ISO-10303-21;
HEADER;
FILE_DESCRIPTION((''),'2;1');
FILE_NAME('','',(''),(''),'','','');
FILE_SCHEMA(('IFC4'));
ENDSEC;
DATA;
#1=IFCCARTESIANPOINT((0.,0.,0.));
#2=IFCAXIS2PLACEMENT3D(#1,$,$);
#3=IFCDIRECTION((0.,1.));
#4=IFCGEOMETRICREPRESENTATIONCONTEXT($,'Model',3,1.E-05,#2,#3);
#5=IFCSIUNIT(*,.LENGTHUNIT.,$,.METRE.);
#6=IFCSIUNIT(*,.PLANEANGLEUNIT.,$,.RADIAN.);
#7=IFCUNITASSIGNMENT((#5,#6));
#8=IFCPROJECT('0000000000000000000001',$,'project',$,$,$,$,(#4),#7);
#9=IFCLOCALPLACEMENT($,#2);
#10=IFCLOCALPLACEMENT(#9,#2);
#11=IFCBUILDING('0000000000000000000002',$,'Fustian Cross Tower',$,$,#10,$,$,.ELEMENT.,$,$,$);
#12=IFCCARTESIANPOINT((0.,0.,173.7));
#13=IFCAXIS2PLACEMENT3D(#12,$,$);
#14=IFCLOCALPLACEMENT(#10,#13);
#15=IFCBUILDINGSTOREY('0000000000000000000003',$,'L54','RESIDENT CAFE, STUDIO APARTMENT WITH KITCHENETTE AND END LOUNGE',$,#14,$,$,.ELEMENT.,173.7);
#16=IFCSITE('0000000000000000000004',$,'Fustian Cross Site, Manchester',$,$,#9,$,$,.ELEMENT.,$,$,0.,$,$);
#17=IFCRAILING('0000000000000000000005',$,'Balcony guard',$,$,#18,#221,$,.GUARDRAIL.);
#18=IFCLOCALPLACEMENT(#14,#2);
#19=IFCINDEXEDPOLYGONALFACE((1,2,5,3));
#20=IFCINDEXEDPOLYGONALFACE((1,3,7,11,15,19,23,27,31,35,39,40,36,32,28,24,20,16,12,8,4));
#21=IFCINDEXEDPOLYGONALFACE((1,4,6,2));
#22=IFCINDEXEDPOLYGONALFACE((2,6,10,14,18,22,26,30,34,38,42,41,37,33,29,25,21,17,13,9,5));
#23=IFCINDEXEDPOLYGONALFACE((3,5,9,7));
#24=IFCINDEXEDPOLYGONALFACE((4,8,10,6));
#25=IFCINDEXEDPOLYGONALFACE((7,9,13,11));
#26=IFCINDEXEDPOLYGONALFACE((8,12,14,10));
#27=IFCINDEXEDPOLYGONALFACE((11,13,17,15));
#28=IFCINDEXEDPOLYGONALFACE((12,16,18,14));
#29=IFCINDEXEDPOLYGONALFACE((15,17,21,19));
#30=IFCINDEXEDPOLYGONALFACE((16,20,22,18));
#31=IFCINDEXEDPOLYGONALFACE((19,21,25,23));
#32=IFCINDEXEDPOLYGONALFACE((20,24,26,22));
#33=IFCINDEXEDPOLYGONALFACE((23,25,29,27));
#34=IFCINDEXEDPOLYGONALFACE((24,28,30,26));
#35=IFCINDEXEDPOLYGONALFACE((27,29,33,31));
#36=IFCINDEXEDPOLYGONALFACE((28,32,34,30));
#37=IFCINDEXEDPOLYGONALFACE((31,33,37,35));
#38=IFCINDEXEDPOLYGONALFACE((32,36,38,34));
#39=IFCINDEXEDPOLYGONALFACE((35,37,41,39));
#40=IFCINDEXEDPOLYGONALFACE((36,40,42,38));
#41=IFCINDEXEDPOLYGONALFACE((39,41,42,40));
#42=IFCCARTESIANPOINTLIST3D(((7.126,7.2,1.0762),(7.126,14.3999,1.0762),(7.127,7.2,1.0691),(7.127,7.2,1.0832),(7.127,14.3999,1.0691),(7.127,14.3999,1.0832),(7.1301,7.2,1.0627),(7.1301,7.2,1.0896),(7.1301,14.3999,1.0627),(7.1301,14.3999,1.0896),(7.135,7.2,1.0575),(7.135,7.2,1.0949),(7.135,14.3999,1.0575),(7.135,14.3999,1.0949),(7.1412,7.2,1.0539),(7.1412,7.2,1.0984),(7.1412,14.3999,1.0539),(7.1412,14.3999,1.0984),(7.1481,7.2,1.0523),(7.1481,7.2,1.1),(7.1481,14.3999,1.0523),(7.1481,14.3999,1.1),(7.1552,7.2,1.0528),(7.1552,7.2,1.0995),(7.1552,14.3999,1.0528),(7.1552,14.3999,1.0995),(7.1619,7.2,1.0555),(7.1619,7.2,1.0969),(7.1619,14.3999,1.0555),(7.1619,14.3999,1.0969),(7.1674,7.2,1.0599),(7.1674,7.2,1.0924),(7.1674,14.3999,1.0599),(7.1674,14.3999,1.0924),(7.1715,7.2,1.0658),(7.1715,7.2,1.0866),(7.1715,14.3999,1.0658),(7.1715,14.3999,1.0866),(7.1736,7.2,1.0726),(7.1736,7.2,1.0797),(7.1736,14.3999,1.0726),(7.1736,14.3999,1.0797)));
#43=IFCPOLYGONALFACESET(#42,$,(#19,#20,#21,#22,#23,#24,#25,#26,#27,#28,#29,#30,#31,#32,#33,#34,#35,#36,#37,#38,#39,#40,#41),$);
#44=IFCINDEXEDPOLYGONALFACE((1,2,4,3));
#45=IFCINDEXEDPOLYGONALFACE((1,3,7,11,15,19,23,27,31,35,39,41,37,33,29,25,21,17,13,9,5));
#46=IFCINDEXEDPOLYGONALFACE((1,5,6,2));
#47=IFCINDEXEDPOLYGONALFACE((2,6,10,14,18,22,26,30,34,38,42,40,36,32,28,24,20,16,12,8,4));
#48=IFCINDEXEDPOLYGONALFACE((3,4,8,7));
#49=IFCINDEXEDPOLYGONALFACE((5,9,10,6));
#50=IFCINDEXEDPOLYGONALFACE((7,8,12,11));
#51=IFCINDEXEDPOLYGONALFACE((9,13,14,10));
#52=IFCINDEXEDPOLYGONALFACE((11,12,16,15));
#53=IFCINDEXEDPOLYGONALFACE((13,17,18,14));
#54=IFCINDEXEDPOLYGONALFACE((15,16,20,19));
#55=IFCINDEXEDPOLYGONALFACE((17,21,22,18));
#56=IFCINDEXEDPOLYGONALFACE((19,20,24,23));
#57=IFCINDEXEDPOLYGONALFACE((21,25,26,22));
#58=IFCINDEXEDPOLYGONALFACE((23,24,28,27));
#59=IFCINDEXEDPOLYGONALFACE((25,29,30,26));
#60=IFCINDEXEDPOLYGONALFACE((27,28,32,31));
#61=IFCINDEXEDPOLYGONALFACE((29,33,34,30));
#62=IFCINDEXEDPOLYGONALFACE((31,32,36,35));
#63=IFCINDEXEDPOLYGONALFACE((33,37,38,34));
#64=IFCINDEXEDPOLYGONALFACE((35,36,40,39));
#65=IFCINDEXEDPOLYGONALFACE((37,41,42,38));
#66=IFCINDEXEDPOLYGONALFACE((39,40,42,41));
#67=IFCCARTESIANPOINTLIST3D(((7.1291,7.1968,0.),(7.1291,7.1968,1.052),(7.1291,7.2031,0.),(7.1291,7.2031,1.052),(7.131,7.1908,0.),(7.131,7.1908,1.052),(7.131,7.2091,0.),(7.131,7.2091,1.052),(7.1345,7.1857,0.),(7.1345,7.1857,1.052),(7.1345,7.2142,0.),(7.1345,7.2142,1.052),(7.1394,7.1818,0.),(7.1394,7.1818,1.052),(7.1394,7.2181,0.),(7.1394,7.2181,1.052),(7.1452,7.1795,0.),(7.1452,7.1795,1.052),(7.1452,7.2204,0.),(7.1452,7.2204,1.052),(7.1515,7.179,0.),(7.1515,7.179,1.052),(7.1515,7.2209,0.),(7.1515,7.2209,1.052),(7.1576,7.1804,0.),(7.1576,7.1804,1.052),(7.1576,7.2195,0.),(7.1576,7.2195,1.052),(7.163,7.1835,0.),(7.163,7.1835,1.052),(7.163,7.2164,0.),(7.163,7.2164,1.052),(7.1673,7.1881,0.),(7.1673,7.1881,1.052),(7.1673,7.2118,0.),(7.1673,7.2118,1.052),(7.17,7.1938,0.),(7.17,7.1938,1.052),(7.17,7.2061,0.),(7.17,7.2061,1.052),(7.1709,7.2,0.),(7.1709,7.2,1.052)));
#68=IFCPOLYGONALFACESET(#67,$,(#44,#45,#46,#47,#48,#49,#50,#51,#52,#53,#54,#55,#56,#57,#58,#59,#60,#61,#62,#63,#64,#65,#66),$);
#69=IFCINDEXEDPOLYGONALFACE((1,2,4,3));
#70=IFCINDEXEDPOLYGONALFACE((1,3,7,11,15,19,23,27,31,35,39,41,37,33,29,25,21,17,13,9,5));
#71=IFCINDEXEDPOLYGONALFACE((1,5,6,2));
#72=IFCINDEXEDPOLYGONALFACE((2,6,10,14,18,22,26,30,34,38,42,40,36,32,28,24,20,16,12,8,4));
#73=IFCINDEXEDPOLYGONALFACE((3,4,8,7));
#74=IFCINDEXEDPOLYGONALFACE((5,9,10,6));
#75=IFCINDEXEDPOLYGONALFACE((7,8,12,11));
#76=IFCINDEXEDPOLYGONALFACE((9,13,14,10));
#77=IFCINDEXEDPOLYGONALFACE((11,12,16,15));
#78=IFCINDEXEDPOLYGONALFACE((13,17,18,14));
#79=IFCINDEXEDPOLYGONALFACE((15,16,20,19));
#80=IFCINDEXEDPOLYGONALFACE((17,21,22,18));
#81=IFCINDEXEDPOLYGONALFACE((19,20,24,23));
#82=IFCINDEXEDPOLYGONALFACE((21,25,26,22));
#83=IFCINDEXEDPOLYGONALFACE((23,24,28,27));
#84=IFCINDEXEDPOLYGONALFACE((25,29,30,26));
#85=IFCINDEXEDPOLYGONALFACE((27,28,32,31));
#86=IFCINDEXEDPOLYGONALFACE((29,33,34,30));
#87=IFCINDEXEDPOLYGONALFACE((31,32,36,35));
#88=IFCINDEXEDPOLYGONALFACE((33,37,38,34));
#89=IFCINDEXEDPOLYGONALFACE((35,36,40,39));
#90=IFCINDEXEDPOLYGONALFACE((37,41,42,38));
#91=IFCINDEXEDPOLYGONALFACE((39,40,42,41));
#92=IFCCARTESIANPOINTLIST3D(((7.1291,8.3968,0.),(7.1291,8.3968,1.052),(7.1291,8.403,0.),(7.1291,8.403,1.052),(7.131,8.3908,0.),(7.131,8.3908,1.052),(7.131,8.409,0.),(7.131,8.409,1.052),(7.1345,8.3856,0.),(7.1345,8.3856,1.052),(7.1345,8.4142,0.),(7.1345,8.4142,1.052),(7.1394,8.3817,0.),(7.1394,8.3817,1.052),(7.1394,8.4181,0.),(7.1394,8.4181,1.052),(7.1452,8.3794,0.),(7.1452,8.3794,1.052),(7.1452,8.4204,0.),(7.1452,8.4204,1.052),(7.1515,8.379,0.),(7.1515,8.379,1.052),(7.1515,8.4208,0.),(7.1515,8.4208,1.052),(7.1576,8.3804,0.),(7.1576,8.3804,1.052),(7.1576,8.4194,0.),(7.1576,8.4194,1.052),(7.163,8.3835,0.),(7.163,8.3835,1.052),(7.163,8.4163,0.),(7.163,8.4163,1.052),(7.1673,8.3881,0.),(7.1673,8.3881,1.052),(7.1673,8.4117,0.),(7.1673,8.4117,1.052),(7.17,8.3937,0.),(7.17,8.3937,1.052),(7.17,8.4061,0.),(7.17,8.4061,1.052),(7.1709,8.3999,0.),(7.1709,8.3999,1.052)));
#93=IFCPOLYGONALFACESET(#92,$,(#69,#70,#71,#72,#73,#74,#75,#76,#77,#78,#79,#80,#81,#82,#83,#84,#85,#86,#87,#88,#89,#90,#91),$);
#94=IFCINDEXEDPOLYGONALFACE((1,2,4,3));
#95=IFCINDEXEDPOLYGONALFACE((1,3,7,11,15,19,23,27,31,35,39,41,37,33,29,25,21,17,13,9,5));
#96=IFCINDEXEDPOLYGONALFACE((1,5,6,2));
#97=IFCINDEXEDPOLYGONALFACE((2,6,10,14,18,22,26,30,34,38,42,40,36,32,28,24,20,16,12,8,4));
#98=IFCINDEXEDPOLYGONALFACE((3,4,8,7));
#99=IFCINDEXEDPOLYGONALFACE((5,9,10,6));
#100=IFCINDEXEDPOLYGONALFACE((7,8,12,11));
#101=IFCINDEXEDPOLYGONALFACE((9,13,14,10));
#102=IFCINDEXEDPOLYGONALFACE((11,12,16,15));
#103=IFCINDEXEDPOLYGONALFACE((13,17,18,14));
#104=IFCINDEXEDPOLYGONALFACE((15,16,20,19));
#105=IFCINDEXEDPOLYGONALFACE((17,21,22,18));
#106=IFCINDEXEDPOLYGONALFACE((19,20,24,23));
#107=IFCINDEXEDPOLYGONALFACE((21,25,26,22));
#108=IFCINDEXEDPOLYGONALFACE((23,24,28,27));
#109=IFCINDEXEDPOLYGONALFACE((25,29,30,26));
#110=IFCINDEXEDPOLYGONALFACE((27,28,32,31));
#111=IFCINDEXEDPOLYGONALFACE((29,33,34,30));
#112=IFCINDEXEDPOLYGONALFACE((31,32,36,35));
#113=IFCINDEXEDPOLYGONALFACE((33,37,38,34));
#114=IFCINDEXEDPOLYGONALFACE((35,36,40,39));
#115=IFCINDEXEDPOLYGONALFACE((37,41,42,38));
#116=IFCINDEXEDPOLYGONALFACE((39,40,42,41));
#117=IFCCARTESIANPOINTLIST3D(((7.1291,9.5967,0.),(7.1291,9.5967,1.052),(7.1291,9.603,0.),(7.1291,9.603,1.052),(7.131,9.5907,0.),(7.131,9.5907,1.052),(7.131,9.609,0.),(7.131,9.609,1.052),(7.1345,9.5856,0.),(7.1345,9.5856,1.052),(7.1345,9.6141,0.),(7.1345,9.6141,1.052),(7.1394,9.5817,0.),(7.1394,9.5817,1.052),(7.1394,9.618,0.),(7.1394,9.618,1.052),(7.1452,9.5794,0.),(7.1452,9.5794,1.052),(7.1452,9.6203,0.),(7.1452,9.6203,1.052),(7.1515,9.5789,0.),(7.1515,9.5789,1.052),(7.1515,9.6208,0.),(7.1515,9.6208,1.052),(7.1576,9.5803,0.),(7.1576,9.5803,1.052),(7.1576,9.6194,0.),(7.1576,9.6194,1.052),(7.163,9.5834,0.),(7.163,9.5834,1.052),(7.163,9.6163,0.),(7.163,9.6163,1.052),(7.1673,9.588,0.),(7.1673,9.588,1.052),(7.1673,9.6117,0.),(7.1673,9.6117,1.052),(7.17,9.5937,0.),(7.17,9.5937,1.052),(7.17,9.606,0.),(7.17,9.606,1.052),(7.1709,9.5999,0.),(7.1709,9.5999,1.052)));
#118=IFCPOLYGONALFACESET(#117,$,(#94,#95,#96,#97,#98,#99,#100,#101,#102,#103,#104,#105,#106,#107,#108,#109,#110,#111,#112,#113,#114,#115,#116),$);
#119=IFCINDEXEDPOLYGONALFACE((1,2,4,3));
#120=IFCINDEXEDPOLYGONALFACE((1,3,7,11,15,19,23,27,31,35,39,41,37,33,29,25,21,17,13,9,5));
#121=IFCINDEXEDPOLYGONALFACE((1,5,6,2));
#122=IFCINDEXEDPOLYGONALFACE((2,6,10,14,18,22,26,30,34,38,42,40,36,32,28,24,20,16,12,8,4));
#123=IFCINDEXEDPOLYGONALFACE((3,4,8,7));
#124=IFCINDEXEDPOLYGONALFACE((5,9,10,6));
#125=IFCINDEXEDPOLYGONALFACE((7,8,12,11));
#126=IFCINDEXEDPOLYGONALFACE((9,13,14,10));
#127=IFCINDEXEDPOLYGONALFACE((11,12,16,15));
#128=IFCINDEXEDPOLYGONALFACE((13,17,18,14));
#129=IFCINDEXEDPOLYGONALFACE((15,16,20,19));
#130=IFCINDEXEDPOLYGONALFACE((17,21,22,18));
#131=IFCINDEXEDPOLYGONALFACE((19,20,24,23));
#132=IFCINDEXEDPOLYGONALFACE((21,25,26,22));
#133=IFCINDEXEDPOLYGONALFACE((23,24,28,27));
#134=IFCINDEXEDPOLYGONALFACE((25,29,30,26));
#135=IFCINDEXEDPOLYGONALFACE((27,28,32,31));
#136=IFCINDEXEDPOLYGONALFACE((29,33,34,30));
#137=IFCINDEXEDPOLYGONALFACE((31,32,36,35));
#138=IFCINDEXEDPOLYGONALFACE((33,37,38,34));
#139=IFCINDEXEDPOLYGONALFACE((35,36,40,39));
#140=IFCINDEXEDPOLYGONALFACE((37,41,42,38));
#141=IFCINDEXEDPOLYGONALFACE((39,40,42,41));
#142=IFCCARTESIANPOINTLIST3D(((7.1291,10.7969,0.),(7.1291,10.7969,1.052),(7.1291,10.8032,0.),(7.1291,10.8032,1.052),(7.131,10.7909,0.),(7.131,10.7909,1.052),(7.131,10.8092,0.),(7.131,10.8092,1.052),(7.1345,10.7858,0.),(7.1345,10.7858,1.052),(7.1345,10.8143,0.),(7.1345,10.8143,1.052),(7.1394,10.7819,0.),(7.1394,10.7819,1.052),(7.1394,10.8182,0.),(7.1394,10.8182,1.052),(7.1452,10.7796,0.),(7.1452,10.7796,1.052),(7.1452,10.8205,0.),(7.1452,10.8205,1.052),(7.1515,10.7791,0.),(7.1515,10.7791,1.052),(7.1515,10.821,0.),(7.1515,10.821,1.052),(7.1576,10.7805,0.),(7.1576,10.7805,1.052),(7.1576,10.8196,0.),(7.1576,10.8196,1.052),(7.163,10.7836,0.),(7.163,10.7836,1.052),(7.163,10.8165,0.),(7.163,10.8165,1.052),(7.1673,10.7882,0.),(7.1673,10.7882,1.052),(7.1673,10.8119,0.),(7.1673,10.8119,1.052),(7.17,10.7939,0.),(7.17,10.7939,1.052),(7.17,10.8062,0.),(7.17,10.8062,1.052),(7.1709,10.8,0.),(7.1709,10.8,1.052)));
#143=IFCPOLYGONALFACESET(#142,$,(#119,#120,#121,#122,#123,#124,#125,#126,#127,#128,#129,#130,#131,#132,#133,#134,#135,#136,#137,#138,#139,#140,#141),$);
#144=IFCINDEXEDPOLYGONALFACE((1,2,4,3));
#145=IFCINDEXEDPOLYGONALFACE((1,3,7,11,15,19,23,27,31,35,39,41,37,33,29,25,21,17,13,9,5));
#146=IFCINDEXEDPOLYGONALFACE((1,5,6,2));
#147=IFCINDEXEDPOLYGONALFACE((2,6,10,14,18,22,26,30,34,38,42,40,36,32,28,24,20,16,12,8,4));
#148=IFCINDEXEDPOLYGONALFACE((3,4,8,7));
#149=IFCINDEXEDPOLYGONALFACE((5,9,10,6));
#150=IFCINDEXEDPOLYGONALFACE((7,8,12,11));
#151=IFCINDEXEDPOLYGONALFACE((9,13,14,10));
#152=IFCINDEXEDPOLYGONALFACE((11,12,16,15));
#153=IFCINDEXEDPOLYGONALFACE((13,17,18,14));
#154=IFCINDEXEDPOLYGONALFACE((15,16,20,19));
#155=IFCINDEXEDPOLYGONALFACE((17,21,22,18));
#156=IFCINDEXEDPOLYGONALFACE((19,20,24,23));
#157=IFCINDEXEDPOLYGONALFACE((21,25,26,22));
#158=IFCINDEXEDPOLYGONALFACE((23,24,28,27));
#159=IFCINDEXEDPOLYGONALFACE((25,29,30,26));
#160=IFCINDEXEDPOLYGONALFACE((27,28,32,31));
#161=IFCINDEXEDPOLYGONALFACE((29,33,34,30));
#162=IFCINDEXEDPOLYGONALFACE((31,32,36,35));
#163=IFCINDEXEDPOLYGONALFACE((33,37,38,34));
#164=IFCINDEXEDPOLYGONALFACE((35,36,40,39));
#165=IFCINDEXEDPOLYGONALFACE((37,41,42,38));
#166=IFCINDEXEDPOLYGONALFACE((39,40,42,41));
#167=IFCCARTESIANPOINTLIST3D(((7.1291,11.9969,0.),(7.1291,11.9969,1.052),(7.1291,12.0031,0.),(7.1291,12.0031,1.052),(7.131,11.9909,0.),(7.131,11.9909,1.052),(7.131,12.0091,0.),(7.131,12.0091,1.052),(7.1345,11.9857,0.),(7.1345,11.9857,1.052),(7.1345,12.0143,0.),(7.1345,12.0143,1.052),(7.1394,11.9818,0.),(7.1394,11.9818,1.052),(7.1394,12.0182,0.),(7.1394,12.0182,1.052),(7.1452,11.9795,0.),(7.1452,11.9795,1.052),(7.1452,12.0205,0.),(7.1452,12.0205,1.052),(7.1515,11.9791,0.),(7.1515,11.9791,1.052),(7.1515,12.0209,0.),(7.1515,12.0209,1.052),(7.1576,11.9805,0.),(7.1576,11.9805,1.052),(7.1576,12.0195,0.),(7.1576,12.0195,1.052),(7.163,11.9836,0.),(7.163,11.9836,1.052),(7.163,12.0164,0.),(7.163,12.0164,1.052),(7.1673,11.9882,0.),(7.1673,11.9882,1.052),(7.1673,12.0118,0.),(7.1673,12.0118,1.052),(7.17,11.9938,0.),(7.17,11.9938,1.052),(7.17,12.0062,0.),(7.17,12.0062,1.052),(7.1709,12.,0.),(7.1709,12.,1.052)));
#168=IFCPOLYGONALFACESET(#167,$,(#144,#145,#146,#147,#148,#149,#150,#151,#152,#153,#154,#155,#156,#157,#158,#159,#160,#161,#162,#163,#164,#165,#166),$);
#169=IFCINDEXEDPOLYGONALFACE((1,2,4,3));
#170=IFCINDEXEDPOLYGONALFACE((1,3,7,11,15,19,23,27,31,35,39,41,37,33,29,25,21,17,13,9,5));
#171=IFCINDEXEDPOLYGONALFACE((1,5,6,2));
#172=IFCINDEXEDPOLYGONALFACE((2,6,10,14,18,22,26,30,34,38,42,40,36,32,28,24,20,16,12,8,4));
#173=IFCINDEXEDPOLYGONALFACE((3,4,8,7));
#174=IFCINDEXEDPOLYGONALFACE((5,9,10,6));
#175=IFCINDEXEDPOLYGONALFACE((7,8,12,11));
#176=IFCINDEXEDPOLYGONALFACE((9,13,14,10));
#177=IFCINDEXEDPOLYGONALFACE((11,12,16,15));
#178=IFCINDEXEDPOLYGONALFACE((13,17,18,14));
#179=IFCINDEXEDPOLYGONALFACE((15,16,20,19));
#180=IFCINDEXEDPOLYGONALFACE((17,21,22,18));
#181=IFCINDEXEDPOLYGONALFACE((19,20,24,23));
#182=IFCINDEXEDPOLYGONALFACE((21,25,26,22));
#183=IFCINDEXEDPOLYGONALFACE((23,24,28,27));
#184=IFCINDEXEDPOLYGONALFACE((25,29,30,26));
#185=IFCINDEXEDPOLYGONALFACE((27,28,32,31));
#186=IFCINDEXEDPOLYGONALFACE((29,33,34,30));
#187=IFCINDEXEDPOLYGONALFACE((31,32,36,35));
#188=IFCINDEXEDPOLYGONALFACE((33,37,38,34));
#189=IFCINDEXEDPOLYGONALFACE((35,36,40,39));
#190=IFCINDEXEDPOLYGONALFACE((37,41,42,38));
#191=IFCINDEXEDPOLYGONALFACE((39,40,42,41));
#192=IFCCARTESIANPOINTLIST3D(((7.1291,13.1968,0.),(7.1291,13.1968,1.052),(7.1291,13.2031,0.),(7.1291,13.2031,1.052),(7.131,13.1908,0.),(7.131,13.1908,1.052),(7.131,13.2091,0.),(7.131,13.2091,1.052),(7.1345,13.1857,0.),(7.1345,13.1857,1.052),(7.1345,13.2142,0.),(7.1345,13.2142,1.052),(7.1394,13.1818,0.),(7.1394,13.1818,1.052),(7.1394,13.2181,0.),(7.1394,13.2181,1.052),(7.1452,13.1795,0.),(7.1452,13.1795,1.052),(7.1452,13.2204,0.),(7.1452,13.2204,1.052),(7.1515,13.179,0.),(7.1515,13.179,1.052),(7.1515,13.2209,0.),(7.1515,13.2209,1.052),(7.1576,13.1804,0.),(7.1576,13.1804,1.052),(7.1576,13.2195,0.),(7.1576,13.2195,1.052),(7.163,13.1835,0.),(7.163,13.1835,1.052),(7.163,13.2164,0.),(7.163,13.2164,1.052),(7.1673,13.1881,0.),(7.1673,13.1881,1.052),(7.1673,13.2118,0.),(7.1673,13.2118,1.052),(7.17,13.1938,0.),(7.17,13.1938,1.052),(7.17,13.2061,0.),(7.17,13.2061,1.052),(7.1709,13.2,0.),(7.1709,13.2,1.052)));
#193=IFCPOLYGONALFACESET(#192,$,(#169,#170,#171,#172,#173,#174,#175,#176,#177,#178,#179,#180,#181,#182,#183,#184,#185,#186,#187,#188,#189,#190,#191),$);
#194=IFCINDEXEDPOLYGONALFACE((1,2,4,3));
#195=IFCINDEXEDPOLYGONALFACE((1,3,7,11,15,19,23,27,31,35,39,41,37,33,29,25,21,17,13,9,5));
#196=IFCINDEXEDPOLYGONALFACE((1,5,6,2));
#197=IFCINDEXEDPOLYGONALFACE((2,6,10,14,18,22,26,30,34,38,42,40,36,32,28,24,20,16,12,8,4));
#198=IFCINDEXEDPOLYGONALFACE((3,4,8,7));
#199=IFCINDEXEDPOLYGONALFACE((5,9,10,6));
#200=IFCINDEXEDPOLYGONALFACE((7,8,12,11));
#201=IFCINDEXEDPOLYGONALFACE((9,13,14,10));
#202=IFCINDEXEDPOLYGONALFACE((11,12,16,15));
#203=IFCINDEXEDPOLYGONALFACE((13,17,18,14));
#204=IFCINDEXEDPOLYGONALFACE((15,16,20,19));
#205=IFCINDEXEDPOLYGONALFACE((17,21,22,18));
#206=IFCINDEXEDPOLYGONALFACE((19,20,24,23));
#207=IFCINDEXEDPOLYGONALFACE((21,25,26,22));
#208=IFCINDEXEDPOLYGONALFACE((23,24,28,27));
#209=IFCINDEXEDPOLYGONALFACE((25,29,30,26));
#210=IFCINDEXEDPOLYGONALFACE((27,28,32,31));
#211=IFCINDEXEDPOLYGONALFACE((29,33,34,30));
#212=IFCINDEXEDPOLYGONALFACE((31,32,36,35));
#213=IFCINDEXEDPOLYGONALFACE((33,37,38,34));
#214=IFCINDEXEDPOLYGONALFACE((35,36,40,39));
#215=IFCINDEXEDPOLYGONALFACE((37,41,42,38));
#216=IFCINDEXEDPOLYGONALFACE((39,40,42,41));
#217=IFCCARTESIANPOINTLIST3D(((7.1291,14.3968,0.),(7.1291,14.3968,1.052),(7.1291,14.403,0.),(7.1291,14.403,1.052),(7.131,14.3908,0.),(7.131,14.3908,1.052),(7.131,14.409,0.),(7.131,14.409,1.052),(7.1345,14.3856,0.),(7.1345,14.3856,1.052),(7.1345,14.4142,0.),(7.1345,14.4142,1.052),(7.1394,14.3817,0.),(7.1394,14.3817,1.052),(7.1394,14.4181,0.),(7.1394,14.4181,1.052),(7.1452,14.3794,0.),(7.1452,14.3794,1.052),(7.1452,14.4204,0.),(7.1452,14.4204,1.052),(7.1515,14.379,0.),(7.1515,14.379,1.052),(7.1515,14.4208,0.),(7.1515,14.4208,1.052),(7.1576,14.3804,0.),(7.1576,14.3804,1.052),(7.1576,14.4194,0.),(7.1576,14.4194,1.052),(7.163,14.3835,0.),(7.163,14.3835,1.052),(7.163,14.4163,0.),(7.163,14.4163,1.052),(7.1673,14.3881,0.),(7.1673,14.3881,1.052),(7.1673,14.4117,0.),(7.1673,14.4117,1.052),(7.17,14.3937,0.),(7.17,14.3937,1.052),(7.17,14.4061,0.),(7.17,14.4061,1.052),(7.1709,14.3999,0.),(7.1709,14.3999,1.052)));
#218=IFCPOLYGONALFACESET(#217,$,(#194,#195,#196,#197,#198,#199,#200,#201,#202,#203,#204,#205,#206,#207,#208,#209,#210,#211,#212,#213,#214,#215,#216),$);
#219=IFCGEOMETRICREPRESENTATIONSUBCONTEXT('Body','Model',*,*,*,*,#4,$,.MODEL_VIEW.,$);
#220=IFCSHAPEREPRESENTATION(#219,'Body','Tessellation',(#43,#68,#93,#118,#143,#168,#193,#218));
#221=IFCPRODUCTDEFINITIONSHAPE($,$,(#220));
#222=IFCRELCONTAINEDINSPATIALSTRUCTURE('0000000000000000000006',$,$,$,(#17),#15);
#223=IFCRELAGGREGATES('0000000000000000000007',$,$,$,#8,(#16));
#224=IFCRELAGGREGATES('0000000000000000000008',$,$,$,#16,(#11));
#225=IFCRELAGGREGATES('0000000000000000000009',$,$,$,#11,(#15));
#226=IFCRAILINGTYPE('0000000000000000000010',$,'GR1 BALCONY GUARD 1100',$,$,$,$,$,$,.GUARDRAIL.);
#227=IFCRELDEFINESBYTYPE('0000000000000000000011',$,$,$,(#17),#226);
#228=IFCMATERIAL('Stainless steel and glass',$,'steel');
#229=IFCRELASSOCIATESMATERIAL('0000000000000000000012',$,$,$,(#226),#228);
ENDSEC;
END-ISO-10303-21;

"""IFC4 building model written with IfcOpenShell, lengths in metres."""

from ifc_helpers import new_model, si_unit, direction, frame, origin, origin_2d, place, context, subcontext, project, spatial, circle, extrude, material, type_object, element, save


model = new_model("IFC4")

# Units and contexts
model_context = context("Model", 3, precision=1e-05, world=origin(), true_north=direction((0.0, 1.0)))
body_context = subcontext(model_context, "Body", "Model", "MODEL_VIEW")
ifc_project = project(units=[si_unit("LENGTHUNIT", "METRE"), si_unit("PLANEANGLEUNIT", "RADIAN")], contexts=[model_context])

# Site, building, storey
site_placement = place(None, origin())
site = spatial("IfcSite", under=ifc_project, at=site_placement, Name="Fustian Cross Site, Manchester", CompositionType="ELEMENT", RefElevation=0.0)
building_placement = place(site_placement, origin())
building = spatial("IfcBuilding", under=site, at=building_placement, Name="Fustian Cross Tower", CompositionType="ELEMENT")
storey_placement = place(building_placement, frame((0.0, 0.0, 173.7)))
storey = spatial("IfcBuildingStorey", under=building, at=storey_placement, Name="L54", Description="RESIDENT CAFE, STUDIO APARTMENT WITH KITCHENETTE AND END LOUNGE", CompositionType="ELEMENT", Elevation=173.7)

# Railing
ifc_material_1 = material(Name="Stainless steel and glass", Category="steel")
railing_type = type_object("IfcRailingType", Name="GR1 BALCONY GUARD 1100", PredefinedType="GUARDRAIL", material=ifc_material_1)
railing_placement = place(storey_placement, frame((7.1499, 7.2, 0.0)))
element("IfcRailing", 1, at=railing_placement, inside=storey, type_object=railing_type, Name="Balcony guard", PredefinedType="GUARDRAIL", context=body_context, shape_type="SweptSolid", body=[
    extrude(circle(Radius=0.0239, at=origin_2d()), frame((0.0, 0.0, 1.0762), z_axis=(0.0, 1.0, 0.0), x_axis=(-1.0, 0.0, 0.0)), (0.0, 0.0, 1.0), 7.2),
    extrude(circle(Radius=0.021, at=origin_2d()), origin(), (0.0, 0.0, 1.0), 1.052),
    extrude(circle(Radius=0.021, at=origin_2d()), frame((0.0, 1.2, 0.0)), (0.0, 0.0, 1.0), 1.052),
    extrude(circle(Radius=0.021, at=origin_2d()), frame((0.0, 2.3999, 0.0)), (0.0, 0.0, 1.0), 1.052),
    extrude(circle(Radius=0.021, at=origin_2d()), frame((0.0, 3.6001, 0.0)), (0.0, 0.0, 1.0), 1.052),
    extrude(circle(Radius=0.021, at=origin_2d()), frame((0.0, 4.8, 0.0)), (0.0, 0.0, 1.0), 1.052),
    extrude(circle(Radius=0.021, at=origin_2d()), frame((0.0, 6.0, 0.0)), (0.0, 0.0, 1.0), 1.052),
    extrude(circle(Radius=0.021, at=origin_2d()), frame((0.0, 7.2, 0.0)), (0.0, 0.0, 1.0), 1.052),
])

save(model, "model.ifc")
